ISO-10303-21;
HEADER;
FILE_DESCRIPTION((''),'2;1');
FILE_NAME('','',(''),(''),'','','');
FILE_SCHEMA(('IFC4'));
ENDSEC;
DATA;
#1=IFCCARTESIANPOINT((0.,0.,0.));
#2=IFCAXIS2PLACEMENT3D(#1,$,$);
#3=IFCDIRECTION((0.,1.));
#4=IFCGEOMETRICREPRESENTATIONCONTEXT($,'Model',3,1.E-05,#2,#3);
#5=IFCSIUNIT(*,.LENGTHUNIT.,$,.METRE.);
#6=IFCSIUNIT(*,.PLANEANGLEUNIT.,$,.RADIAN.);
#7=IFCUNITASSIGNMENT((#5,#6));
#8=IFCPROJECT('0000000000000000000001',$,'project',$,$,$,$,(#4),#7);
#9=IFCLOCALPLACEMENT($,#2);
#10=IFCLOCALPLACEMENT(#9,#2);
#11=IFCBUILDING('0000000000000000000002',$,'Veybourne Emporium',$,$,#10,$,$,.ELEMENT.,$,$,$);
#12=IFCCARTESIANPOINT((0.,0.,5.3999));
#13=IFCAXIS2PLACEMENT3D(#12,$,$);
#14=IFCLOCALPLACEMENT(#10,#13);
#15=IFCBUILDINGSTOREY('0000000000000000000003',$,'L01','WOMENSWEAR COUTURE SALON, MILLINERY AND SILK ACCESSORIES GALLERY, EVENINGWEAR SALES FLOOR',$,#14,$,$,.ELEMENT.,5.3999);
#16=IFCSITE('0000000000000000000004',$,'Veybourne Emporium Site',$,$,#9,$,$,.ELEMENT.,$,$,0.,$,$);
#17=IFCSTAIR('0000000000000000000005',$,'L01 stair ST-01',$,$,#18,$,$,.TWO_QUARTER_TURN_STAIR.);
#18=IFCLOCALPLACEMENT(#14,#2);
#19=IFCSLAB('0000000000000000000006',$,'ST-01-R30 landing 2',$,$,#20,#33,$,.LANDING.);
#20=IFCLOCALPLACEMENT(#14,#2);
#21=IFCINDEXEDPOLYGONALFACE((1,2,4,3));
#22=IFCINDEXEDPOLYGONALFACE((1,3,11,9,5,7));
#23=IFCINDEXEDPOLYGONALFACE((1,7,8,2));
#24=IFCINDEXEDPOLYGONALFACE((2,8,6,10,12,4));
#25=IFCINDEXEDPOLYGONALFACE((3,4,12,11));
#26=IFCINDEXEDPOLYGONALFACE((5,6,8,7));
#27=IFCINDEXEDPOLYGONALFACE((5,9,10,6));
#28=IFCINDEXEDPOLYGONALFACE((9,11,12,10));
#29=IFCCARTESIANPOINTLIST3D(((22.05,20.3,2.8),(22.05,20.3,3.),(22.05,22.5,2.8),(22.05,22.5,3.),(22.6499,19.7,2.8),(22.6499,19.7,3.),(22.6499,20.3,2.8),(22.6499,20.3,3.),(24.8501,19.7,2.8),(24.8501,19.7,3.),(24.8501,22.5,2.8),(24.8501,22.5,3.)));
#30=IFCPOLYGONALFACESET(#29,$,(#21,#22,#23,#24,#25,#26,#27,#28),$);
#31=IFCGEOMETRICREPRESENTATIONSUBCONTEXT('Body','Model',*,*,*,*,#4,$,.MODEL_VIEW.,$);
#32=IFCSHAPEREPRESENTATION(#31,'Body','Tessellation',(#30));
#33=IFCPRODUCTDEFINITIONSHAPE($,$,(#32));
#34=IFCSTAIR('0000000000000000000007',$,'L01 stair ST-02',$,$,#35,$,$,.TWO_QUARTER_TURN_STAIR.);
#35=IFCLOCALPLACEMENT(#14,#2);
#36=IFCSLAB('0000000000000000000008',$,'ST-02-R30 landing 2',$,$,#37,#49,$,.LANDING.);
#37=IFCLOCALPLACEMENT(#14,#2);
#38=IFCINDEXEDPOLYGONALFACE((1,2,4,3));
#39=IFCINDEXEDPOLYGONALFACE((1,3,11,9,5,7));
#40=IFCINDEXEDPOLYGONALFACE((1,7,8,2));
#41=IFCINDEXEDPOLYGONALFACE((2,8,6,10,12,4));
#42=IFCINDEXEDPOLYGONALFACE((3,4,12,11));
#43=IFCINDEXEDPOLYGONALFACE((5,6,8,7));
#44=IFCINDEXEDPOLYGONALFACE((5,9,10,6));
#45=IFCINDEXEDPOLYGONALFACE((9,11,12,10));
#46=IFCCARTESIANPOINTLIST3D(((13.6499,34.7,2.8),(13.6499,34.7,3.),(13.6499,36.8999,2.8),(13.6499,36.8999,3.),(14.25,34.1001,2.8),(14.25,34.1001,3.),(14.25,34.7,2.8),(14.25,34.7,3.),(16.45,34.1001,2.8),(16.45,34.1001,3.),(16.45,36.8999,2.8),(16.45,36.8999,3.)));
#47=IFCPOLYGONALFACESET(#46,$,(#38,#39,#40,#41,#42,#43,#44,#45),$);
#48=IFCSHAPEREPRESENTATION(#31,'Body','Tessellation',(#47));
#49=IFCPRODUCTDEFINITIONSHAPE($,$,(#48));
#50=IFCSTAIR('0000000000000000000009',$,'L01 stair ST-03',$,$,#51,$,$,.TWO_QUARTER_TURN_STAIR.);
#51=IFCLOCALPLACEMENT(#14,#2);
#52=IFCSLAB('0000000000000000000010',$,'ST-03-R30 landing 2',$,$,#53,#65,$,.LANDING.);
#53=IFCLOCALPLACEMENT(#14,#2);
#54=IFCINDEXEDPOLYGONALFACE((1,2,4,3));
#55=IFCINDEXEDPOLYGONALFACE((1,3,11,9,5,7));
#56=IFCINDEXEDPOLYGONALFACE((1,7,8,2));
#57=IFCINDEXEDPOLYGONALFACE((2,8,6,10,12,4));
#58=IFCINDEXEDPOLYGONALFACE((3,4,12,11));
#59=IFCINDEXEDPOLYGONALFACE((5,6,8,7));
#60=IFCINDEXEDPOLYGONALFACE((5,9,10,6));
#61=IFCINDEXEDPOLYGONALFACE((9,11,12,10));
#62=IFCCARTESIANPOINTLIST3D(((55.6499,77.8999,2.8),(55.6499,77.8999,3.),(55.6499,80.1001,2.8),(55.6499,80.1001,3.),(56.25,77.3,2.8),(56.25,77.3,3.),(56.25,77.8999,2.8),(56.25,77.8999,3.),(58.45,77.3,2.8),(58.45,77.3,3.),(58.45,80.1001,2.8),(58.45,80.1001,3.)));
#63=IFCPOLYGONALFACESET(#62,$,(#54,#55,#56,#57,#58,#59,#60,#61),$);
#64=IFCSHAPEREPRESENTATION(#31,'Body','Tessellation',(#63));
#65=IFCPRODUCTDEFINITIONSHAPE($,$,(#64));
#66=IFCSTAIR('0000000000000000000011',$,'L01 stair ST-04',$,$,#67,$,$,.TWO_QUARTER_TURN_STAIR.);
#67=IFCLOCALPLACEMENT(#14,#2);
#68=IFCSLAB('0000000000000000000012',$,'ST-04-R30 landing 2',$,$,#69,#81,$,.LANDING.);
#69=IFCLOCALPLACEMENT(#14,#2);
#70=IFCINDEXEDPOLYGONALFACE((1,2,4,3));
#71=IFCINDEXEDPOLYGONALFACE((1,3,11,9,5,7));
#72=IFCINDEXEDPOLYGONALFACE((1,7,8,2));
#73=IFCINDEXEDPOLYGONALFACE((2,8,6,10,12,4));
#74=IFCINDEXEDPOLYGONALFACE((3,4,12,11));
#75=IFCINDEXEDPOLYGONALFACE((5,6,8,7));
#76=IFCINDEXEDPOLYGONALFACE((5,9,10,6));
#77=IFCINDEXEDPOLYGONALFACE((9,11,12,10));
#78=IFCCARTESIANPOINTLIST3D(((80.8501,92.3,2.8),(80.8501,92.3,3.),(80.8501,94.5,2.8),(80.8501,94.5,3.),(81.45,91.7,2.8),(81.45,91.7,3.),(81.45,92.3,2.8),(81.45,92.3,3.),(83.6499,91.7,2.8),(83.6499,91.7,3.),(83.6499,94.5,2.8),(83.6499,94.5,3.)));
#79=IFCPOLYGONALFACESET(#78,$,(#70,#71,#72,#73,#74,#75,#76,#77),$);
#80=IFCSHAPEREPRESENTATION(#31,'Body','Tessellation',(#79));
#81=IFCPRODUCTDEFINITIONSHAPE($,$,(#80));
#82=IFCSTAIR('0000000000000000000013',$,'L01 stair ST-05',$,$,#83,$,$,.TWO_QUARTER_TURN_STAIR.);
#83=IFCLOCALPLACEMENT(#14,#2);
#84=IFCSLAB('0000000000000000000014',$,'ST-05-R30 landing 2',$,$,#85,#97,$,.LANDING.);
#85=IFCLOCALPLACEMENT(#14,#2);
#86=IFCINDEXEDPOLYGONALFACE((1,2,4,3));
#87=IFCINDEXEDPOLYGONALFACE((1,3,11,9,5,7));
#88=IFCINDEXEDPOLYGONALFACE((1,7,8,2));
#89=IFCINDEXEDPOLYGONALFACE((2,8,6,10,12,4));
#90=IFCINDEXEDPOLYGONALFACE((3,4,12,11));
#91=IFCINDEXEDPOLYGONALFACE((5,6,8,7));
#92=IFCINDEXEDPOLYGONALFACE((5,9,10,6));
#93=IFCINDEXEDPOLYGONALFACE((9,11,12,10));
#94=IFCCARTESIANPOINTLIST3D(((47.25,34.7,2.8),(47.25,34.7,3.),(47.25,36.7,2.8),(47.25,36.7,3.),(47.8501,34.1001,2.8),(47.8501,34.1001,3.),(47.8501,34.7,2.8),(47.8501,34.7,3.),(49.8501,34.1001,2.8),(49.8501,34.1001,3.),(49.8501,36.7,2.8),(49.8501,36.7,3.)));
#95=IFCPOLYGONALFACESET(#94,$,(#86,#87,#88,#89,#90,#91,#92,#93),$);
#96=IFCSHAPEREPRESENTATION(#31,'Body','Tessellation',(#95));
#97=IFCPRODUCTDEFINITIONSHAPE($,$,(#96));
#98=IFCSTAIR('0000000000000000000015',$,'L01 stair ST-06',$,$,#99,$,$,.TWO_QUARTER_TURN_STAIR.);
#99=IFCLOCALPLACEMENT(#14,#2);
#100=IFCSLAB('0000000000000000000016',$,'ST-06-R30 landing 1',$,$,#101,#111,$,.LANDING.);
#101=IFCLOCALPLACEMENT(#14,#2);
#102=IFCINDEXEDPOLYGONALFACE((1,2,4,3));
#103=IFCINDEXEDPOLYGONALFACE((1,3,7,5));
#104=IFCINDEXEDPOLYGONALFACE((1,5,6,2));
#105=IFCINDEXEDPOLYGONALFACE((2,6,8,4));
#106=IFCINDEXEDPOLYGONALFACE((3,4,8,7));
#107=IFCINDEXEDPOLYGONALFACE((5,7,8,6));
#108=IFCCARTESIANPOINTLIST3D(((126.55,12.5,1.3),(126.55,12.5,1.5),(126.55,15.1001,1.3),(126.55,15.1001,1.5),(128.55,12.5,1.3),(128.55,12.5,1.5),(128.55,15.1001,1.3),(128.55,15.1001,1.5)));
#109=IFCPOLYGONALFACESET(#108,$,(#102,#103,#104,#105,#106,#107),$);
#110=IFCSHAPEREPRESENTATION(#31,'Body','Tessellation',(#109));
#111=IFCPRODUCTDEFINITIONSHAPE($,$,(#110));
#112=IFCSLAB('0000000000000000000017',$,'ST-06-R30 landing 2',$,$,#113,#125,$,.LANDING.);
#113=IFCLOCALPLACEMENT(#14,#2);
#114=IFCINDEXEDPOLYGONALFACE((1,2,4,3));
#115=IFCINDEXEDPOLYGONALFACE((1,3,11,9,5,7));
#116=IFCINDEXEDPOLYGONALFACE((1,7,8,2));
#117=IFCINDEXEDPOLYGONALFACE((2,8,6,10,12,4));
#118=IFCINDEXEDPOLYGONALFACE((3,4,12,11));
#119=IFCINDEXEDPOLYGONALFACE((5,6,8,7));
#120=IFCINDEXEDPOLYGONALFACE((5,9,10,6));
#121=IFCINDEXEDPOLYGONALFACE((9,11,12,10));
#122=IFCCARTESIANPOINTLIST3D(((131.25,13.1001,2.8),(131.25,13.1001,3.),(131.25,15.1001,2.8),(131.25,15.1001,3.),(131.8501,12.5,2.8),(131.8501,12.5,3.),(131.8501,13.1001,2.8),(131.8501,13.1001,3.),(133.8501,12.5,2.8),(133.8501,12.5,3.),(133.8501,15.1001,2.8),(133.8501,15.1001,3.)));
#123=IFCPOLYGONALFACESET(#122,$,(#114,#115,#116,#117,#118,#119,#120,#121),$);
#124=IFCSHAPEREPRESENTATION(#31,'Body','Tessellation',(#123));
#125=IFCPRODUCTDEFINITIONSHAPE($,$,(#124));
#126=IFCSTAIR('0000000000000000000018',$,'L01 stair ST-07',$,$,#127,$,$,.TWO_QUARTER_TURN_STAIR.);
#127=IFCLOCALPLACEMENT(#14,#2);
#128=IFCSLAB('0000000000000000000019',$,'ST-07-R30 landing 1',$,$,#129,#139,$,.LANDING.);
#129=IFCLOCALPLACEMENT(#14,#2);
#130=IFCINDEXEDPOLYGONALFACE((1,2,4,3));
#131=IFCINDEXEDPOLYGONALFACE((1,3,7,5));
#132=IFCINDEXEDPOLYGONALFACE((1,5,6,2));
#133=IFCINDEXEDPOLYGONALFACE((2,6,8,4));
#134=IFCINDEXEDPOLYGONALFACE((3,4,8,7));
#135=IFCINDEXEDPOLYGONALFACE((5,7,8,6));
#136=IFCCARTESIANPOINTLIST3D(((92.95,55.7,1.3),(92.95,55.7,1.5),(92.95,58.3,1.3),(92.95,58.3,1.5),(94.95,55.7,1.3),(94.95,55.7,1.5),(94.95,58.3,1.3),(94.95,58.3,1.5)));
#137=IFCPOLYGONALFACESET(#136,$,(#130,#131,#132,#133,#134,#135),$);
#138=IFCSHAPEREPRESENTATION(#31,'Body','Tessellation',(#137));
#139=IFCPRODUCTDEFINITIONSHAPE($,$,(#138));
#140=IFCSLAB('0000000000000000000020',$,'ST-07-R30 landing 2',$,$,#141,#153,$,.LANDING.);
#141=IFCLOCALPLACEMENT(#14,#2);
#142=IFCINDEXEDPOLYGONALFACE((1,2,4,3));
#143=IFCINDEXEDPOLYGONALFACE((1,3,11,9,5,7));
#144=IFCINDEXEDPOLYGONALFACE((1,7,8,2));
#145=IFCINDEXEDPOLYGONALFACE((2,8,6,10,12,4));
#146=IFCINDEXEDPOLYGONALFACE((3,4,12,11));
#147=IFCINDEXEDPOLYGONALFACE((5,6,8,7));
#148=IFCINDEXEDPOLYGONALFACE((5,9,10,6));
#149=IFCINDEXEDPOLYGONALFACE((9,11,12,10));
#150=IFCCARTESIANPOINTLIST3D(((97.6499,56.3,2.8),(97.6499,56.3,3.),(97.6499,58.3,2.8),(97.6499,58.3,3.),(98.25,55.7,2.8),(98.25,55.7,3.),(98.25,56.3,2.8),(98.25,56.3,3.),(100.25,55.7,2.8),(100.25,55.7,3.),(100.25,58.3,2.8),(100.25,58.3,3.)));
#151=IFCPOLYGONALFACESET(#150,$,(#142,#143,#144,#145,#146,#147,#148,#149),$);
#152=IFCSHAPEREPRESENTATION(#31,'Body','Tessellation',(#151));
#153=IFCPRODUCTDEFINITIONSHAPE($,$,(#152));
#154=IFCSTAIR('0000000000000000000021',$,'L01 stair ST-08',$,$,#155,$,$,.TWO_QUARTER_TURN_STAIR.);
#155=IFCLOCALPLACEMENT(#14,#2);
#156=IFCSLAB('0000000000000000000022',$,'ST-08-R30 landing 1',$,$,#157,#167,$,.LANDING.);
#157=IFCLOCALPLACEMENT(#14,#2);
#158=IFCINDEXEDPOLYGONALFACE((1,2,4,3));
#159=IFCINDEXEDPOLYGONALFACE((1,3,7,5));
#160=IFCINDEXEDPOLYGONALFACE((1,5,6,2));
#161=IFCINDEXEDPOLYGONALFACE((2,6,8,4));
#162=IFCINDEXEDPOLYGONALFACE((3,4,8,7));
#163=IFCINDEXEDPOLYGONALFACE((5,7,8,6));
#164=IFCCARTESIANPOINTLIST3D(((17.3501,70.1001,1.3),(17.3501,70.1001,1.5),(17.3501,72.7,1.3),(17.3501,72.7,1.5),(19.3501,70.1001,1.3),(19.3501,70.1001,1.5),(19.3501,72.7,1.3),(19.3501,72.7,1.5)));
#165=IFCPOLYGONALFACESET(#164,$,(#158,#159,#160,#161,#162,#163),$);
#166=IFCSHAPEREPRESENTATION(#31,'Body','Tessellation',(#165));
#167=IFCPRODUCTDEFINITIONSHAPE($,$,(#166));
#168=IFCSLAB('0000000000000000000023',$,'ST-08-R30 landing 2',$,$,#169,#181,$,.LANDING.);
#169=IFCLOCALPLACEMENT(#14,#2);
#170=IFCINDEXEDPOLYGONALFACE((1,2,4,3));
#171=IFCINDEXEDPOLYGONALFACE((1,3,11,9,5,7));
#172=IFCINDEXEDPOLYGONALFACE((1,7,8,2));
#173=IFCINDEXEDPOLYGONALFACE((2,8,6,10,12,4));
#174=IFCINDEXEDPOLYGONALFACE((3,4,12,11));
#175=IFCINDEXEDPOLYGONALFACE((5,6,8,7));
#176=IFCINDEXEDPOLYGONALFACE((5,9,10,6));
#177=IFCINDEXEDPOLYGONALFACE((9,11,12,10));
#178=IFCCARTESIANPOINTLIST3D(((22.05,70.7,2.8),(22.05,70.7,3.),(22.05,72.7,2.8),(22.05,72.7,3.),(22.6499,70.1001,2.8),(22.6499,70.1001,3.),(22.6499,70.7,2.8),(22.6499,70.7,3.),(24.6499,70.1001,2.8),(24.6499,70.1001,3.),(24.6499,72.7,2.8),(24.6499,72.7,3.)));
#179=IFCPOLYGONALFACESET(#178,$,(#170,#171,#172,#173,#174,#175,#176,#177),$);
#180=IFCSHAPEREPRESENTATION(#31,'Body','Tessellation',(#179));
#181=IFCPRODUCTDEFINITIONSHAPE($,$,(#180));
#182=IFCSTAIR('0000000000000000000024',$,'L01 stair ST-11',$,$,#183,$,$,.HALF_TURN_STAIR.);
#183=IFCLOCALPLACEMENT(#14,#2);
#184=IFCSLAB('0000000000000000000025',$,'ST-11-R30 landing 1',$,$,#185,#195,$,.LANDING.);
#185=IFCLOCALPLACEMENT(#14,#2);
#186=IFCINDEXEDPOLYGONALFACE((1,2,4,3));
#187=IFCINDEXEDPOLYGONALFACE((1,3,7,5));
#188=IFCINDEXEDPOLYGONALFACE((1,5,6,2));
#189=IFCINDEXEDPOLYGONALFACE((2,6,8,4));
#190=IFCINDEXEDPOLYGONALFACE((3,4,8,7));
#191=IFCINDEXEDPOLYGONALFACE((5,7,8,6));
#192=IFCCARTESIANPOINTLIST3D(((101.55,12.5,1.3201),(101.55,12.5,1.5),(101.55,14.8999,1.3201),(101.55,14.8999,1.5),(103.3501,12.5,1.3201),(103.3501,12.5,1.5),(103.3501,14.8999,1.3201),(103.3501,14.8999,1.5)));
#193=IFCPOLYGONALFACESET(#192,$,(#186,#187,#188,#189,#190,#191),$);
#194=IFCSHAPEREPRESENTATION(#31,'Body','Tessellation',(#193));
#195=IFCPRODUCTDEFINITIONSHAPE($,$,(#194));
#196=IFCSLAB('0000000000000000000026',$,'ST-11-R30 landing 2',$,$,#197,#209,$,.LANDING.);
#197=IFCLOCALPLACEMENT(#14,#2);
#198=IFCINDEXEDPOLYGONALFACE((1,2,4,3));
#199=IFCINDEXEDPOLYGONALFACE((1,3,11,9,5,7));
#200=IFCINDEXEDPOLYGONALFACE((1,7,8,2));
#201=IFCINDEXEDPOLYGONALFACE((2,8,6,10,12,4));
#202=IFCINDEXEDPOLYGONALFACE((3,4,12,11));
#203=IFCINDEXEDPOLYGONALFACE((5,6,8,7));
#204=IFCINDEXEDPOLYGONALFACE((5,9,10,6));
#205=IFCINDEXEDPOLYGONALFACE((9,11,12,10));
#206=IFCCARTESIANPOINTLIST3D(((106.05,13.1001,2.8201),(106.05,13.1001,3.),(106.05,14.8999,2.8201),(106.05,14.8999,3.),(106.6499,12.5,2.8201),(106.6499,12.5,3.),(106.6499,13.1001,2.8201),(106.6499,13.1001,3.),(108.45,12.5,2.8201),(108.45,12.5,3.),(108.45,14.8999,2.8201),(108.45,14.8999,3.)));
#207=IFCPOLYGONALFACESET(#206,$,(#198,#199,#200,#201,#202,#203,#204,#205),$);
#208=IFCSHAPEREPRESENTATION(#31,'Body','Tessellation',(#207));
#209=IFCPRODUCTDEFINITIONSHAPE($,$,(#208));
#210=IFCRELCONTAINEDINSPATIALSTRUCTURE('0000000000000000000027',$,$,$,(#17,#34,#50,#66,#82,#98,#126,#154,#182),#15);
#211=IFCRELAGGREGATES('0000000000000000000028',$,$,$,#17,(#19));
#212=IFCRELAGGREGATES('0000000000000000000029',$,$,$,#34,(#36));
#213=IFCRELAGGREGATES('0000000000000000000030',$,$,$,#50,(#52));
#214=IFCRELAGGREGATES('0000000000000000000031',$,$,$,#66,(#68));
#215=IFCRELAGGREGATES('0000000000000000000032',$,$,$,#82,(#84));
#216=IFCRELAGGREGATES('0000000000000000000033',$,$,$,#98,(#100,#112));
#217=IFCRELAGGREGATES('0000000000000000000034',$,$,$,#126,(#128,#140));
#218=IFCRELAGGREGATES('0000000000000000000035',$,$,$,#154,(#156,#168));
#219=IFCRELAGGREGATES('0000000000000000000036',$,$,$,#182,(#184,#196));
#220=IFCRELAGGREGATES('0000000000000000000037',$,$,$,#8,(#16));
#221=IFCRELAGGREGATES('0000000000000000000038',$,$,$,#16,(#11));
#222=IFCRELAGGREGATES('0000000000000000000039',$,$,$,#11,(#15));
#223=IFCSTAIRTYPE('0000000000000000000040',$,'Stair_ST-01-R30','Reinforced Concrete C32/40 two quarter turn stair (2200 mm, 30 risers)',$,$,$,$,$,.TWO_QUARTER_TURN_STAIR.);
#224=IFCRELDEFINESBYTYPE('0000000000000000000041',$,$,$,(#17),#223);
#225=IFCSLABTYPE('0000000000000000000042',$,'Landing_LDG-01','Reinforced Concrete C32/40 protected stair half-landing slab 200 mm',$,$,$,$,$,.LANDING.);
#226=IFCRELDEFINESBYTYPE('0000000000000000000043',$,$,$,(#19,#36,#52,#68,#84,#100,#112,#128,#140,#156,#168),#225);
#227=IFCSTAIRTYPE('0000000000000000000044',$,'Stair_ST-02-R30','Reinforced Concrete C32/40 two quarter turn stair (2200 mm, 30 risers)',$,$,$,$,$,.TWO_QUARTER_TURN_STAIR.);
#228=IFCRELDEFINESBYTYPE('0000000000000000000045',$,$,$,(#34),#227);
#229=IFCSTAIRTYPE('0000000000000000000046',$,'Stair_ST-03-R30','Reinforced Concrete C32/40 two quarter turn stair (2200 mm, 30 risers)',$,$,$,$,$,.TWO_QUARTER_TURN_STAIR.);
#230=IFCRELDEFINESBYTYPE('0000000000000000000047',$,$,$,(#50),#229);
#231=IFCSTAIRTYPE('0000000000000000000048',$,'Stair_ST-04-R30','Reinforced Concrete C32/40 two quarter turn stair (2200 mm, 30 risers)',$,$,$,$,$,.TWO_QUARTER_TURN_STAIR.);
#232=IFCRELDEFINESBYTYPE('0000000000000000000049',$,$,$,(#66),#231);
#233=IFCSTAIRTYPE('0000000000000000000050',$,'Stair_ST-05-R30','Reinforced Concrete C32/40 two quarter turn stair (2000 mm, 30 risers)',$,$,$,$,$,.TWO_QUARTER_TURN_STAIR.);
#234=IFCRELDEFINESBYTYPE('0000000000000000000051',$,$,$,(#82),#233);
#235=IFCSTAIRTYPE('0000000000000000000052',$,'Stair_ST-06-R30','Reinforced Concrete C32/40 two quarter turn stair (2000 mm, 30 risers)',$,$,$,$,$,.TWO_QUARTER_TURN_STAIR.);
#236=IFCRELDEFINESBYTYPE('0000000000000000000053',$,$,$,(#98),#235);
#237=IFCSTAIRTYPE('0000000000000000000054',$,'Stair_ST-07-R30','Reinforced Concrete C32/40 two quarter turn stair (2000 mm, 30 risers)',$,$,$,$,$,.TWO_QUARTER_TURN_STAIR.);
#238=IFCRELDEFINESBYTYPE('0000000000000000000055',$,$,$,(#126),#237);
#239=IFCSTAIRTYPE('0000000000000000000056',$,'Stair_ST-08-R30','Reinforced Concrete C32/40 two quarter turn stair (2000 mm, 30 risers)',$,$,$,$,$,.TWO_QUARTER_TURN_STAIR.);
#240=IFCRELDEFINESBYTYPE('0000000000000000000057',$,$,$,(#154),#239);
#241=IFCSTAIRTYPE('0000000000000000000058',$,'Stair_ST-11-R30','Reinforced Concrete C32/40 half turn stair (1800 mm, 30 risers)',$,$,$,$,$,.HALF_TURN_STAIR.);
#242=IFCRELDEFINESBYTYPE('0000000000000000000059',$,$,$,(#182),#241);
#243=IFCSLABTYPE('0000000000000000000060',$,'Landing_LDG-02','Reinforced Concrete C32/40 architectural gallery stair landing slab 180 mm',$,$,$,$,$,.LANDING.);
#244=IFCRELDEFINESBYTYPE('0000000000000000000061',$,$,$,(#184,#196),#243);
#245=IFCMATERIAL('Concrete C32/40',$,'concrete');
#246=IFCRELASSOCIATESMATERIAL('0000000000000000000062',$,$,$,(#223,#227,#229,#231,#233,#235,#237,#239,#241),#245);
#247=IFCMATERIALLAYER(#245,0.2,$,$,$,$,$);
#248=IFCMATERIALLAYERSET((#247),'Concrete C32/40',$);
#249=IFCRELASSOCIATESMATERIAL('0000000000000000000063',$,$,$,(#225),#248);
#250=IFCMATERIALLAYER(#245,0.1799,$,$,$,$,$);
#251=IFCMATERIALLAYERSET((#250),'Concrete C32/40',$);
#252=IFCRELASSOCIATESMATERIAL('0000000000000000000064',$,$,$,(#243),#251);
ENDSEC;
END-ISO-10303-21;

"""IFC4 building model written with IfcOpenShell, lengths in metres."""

from ifc_helpers import new_model, si_unit, direction, frame, origin, place, context, subcontext, project, spatial, polyline, outline, extrude, material, layer, layer_set, type_object, element, aggregate, save


model = new_model("IFC4")

# Units and contexts
model_context = context("Model", 3, precision=1e-05, world=origin(), true_north=direction((0.0, 1.0)))
body_context = subcontext(model_context, "Body", "Model", "MODEL_VIEW")
ifc_project = project(units=[si_unit("LENGTHUNIT", "METRE"), si_unit("PLANEANGLEUNIT", "RADIAN")], contexts=[model_context])

# Site, building, storey
site_placement = place(None, origin())
site = spatial("IfcSite", under=ifc_project, at=site_placement, Name="Veybourne Emporium Site", CompositionType="ELEMENT", RefElevation=0.0)
building_placement = place(site_placement, origin())
building = spatial("IfcBuilding", under=site, at=building_placement, Name="Veybourne Emporium", CompositionType="ELEMENT")
storey_placement = place(building_placement, frame((0.0, 0.0, 5.3999)))
storey = spatial("IfcBuildingStorey", under=building, at=storey_placement, Name="L01", Description="WOMENSWEAR COUTURE SALON, MILLINERY AND SILK ACCESSORIES GALLERY, EVENINGWEAR SALES FLOOR", CompositionType="ELEMENT", Elevation=5.3999)

# Stairs, slabs
ifc_material_1 = material(Name="Concrete C32/40", Category="concrete")
stair_type_1 = type_object("IfcStairType", Name="Stair_ST-01-R30", Description="Reinforced Concrete C32/40 two quarter turn stair (2200 mm, 30 risers)", PredefinedType="TWO_QUARTER_TURN_STAIR", material=ifc_material_1)
stair_1_placement = place(storey_placement, origin())
stair_1 = element("IfcStair", 1, at=stair_1_placement, inside=storey, type_object=stair_type_1, Name="L01 stair ST-01", PredefinedType="TWO_QUARTER_TURN_STAIR")
ifc_layer_1 = layer(ifc_material_1, 0.2)
ifc_layer_set_1 = layer_set([ifc_layer_1], Name="Concrete C32/40")
slab_type_1 = type_object("IfcSlabType", Name="Landing_LDG-01", Description="Reinforced Concrete C32/40 protected stair half-landing slab 200 mm", PredefinedType="LANDING", material=ifc_layer_set_1)
slab_1_placement = place(storey_placement, frame((0.0, 0.0, 2.8)))
slab_1 = element("IfcSlab", 2, at=slab_1_placement, type_object=slab_type_1, Name="ST-01-R30 landing 2", PredefinedType="LANDING", context=body_context, shape_type="SweptSolid", body=[
    extrude(outline(polyline([(22.05, 20.3), (22.6499, 20.3), (22.6499, 19.7), (24.8501, 19.7), (24.8501, 22.5), (22.05, 22.5), (22.05, 20.3)])), origin(), (0.0, 0.0, 1.0), 0.2),
])
aggregate(stair_1, [slab_1])
stair_type_2 = type_object("IfcStairType", Name="Stair_ST-02-R30", Description="Reinforced Concrete C32/40 two quarter turn stair (2200 mm, 30 risers)", PredefinedType="TWO_QUARTER_TURN_STAIR", material=ifc_material_1)
stair_2_placement = place(storey_placement, origin())
stair_2 = element("IfcStair", 3, at=stair_2_placement, inside=storey, type_object=stair_type_2, Name="L01 stair ST-02", PredefinedType="TWO_QUARTER_TURN_STAIR")
slab_2_placement = place(storey_placement, frame((0.0, 0.0, 2.8)))
slab_2 = element("IfcSlab", 4, at=slab_2_placement, type_object=slab_type_1, Name="ST-02-R30 landing 2", PredefinedType="LANDING", context=body_context, shape_type="SweptSolid", body=[
    extrude(outline(polyline([(13.6499, 34.7), (14.25, 34.7), (14.25, 34.1001), (16.45, 34.1001), (16.45, 36.8999), (13.6499, 36.8999), (13.6499, 34.7)])), origin(), (0.0, 0.0, 1.0), 0.2),
])
aggregate(stair_2, [slab_2])
stair_type_3 = type_object("IfcStairType", Name="Stair_ST-03-R30", Description="Reinforced Concrete C32/40 two quarter turn stair (2200 mm, 30 risers)", PredefinedType="TWO_QUARTER_TURN_STAIR", material=ifc_material_1)
stair_3_placement = place(storey_placement, origin())
stair_3 = element("IfcStair", 5, at=stair_3_placement, inside=storey, type_object=stair_type_3, Name="L01 stair ST-03", PredefinedType="TWO_QUARTER_TURN_STAIR")
slab_3_placement = place(storey_placement, frame((0.0, 0.0, 2.8)))
slab_3 = element("IfcSlab", 6, at=slab_3_placement, type_object=slab_type_1, Name="ST-03-R30 landing 2", PredefinedType="LANDING", context=body_context, shape_type="SweptSolid", body=[
    extrude(outline(polyline([(55.6499, 77.8999), (56.25, 77.8999), (56.25, 77.3), (58.45, 77.3), (58.45, 80.1001), (55.6499, 80.1001), (55.6499, 77.8999)])), origin(), (0.0, 0.0, 1.0), 0.2),
])
aggregate(stair_3, [slab_3])
stair_type_4 = type_object("IfcStairType", Name="Stair_ST-04-R30", Description="Reinforced Concrete C32/40 two quarter turn stair (2200 mm, 30 risers)", PredefinedType="TWO_QUARTER_TURN_STAIR", material=ifc_material_1)
stair_4_placement = place(storey_placement, origin())
stair_4 = element("IfcStair", 7, at=stair_4_placement, inside=storey, type_object=stair_type_4, Name="L01 stair ST-04", PredefinedType="TWO_QUARTER_TURN_STAIR")
slab_4_placement = place(storey_placement, frame((0.0, 0.0, 2.8)))
slab_4 = element("IfcSlab", 8, at=slab_4_placement, type_object=slab_type_1, Name="ST-04-R30 landing 2", PredefinedType="LANDING", context=body_context, shape_type="SweptSolid", body=[
    extrude(outline(polyline([(80.8501, 92.3), (81.45, 92.3), (81.45, 91.7), (83.6499, 91.7), (83.6499, 94.5), (80.8501, 94.5), (80.8501, 92.3)])), origin(), (0.0, 0.0, 1.0), 0.2),
])
aggregate(stair_4, [slab_4])
stair_type_5 = type_object("IfcStairType", Name="Stair_ST-05-R30", Description="Reinforced Concrete C32/40 two quarter turn stair (2000 mm, 30 risers)", PredefinedType="TWO_QUARTER_TURN_STAIR", material=ifc_material_1)
stair_5_placement = place(storey_placement, origin())
stair_5 = element("IfcStair", 9, at=stair_5_placement, inside=storey, type_object=stair_type_5, Name="L01 stair ST-05", PredefinedType="TWO_QUARTER_TURN_STAIR")
slab_5_placement = place(storey_placement, frame((0.0, 0.0, 2.8)))
slab_5 = element("IfcSlab", 10, at=slab_5_placement, type_object=slab_type_1, Name="ST-05-R30 landing 2", PredefinedType="LANDING", context=body_context, shape_type="SweptSolid", body=[
    extrude(outline(polyline([(47.25, 34.7), (47.8501, 34.7), (47.8501, 34.1001), (49.8501, 34.1001), (49.8501, 36.7), (47.25, 36.7), (47.25, 34.7)])), origin(), (0.0, 0.0, 1.0), 0.2),
])
aggregate(stair_5, [slab_5])

# Stairs, slabs
stair_type_6 = type_object("IfcStairType", Name="Stair_ST-06-R30", Description="Reinforced Concrete C32/40 two quarter turn stair (2000 mm, 30 risers)", PredefinedType="TWO_QUARTER_TURN_STAIR", material=ifc_material_1)
stair_6_placement = place(storey_placement, origin())
stair_6 = element("IfcStair", 11, at=stair_6_placement, inside=storey, type_object=stair_type_6, Name="L01 stair ST-06", PredefinedType="TWO_QUARTER_TURN_STAIR")
slab_6_placement = place(storey_placement, frame((0.0, 0.0, 1.3)))
slab_6 = element("IfcSlab", 12, at=slab_6_placement, type_object=slab_type_1, Name="ST-06-R30 landing 1", PredefinedType="LANDING", context=body_context, shape_type="SweptSolid", body=[
    extrude(outline(polyline([(126.55, 12.5), (128.55, 12.5), (128.55, 15.1001), (126.55, 15.1001), (126.55, 12.5)])), origin(), (0.0, 0.0, 1.0), 0.2),
])
slab_7_placement = place(storey_placement, frame((0.0, 0.0, 2.8)))
slab_7 = element("IfcSlab", 13, at=slab_7_placement, type_object=slab_type_1, Name="ST-06-R30 landing 2", PredefinedType="LANDING", context=body_context, shape_type="SweptSolid", body=[
    extrude(outline(polyline([(131.25, 13.1001), (131.8501, 13.1001), (131.8501, 12.5), (133.8501, 12.5), (133.8501, 15.1001), (131.25, 15.1001), (131.25, 13.1001)])), origin(), (0.0, 0.0, 1.0), 0.2),
])
aggregate(stair_6, [slab_6, slab_7])
stair_type_7 = type_object("IfcStairType", Name="Stair_ST-07-R30", Description="Reinforced Concrete C32/40 two quarter turn stair (2000 mm, 30 risers)", PredefinedType="TWO_QUARTER_TURN_STAIR", material=ifc_material_1)
stair_7_placement = place(storey_placement, origin())
stair_7 = element("IfcStair", 14, at=stair_7_placement, inside=storey, type_object=stair_type_7, Name="L01 stair ST-07", PredefinedType="TWO_QUARTER_TURN_STAIR")
slab_8_placement = place(storey_placement, frame((0.0, 0.0, 1.3)))
slab_8 = element("IfcSlab", 15, at=slab_8_placement, type_object=slab_type_1, Name="ST-07-R30 landing 1", PredefinedType="LANDING", context=body_context, shape_type="SweptSolid", body=[
    extrude(outline(polyline([(92.95, 55.7), (94.95, 55.7), (94.95, 58.3), (92.95, 58.3), (92.95, 55.7)])), origin(), (0.0, 0.0, 1.0), 0.2),
])
slab_9_placement = place(storey_placement, frame((0.0, 0.0, 2.8)))
slab_9 = element("IfcSlab", 16, at=slab_9_placement, type_object=slab_type_1, Name="ST-07-R30 landing 2", PredefinedType="LANDING", context=body_context, shape_type="SweptSolid", body=[
    extrude(outline(polyline([(97.6499, 56.3), (98.25, 56.3), (98.25, 55.7), (100.25, 55.7), (100.25, 58.3), (97.6499, 58.3), (97.6499, 56.3)])), origin(), (0.0, 0.0, 1.0), 0.2),
])
aggregate(stair_7, [slab_8, slab_9])
stair_type_8 = type_object("IfcStairType", Name="Stair_ST-08-R30", Description="Reinforced Concrete C32/40 two quarter turn stair (2000 mm, 30 risers)", PredefinedType="TWO_QUARTER_TURN_STAIR", material=ifc_material_1)
stair_8_placement = place(storey_placement, origin())
stair_8 = element("IfcStair", 17, at=stair_8_placement, inside=storey, type_object=stair_type_8, Name="L01 stair ST-08", PredefinedType="TWO_QUARTER_TURN_STAIR")
slab_10_placement = place(storey_placement, frame((0.0, 0.0, 1.3)))
slab_10 = element("IfcSlab", 18, at=slab_10_placement, type_object=slab_type_1, Name="ST-08-R30 landing 1", PredefinedType="LANDING", context=body_context, shape_type="SweptSolid", body=[
    extrude(outline(polyline([(17.3501, 70.1001), (19.3501, 70.1001), (19.3501, 72.7), (17.3501, 72.7), (17.3501, 70.1001)])), origin(), (0.0, 0.0, 1.0), 0.2),
])
slab_11_placement = place(storey_placement, frame((0.0, 0.0, 2.8)))
slab_11 = element("IfcSlab", 19, at=slab_11_placement, type_object=slab_type_1, Name="ST-08-R30 landing 2", PredefinedType="LANDING", context=body_context, shape_type="SweptSolid", body=[
    extrude(outline(polyline([(22.05, 70.7), (22.6499, 70.7), (22.6499, 70.1001), (24.6499, 70.1001), (24.6499, 72.7), (22.05, 72.7), (22.05, 70.7)])), origin(), (0.0, 0.0, 1.0), 0.2),
])
aggregate(stair_8, [slab_10, slab_11])
stair_type_9 = type_object("IfcStairType", Name="Stair_ST-11-R30", Description="Reinforced Concrete C32/40 half turn stair (1800 mm, 30 risers)", PredefinedType="HALF_TURN_STAIR", material=ifc_material_1)
stair_9_placement = place(storey_placement, origin())
stair_9 = element("IfcStair", 20, at=stair_9_placement, inside=storey, type_object=stair_type_9, Name="L01 stair ST-11", PredefinedType="HALF_TURN_STAIR")
ifc_layer_2 = layer(ifc_material_1, 0.1799)
ifc_layer_set_2 = layer_set([ifc_layer_2], Name="Concrete C32/40")
slab_type_2 = type_object("IfcSlabType", Name="Landing_LDG-02", Description="Reinforced Concrete C32/40 architectural gallery stair landing slab 180 mm", PredefinedType="LANDING", material=ifc_layer_set_2)
slab_12_placement = place(storey_placement, frame((0.0, 0.0, 1.3201)))
slab_12 = element("IfcSlab", 21, at=slab_12_placement, type_object=slab_type_2, Name="ST-11-R30 landing 1", PredefinedType="LANDING", context=body_context, shape_type="SweptSolid", body=[
    extrude(outline(polyline([(101.55, 12.5), (103.3501, 12.5), (103.3501, 14.8999), (101.55, 14.8999), (101.55, 12.5)])), origin(), (0.0, 0.0, 1.0), 0.1799),
])
slab_13_placement = place(storey_placement, frame((0.0, 0.0, 2.8201)))
slab_13 = element("IfcSlab", 22, at=slab_13_placement, type_object=slab_type_2, Name="ST-11-R30 landing 2", PredefinedType="LANDING", context=body_context, shape_type="SweptSolid", body=[
    extrude(outline(polyline([(106.05, 13.1001), (106.6499, 13.1001), (106.6499, 12.5), (108.45, 12.5), (108.45, 14.8999), (106.05, 14.8999), (106.05, 13.1001)])), origin(), (0.0, 0.0, 1.0), 0.1799),
])
aggregate(stair_9, [slab_12, slab_13])

save(model, "model.ifc")
